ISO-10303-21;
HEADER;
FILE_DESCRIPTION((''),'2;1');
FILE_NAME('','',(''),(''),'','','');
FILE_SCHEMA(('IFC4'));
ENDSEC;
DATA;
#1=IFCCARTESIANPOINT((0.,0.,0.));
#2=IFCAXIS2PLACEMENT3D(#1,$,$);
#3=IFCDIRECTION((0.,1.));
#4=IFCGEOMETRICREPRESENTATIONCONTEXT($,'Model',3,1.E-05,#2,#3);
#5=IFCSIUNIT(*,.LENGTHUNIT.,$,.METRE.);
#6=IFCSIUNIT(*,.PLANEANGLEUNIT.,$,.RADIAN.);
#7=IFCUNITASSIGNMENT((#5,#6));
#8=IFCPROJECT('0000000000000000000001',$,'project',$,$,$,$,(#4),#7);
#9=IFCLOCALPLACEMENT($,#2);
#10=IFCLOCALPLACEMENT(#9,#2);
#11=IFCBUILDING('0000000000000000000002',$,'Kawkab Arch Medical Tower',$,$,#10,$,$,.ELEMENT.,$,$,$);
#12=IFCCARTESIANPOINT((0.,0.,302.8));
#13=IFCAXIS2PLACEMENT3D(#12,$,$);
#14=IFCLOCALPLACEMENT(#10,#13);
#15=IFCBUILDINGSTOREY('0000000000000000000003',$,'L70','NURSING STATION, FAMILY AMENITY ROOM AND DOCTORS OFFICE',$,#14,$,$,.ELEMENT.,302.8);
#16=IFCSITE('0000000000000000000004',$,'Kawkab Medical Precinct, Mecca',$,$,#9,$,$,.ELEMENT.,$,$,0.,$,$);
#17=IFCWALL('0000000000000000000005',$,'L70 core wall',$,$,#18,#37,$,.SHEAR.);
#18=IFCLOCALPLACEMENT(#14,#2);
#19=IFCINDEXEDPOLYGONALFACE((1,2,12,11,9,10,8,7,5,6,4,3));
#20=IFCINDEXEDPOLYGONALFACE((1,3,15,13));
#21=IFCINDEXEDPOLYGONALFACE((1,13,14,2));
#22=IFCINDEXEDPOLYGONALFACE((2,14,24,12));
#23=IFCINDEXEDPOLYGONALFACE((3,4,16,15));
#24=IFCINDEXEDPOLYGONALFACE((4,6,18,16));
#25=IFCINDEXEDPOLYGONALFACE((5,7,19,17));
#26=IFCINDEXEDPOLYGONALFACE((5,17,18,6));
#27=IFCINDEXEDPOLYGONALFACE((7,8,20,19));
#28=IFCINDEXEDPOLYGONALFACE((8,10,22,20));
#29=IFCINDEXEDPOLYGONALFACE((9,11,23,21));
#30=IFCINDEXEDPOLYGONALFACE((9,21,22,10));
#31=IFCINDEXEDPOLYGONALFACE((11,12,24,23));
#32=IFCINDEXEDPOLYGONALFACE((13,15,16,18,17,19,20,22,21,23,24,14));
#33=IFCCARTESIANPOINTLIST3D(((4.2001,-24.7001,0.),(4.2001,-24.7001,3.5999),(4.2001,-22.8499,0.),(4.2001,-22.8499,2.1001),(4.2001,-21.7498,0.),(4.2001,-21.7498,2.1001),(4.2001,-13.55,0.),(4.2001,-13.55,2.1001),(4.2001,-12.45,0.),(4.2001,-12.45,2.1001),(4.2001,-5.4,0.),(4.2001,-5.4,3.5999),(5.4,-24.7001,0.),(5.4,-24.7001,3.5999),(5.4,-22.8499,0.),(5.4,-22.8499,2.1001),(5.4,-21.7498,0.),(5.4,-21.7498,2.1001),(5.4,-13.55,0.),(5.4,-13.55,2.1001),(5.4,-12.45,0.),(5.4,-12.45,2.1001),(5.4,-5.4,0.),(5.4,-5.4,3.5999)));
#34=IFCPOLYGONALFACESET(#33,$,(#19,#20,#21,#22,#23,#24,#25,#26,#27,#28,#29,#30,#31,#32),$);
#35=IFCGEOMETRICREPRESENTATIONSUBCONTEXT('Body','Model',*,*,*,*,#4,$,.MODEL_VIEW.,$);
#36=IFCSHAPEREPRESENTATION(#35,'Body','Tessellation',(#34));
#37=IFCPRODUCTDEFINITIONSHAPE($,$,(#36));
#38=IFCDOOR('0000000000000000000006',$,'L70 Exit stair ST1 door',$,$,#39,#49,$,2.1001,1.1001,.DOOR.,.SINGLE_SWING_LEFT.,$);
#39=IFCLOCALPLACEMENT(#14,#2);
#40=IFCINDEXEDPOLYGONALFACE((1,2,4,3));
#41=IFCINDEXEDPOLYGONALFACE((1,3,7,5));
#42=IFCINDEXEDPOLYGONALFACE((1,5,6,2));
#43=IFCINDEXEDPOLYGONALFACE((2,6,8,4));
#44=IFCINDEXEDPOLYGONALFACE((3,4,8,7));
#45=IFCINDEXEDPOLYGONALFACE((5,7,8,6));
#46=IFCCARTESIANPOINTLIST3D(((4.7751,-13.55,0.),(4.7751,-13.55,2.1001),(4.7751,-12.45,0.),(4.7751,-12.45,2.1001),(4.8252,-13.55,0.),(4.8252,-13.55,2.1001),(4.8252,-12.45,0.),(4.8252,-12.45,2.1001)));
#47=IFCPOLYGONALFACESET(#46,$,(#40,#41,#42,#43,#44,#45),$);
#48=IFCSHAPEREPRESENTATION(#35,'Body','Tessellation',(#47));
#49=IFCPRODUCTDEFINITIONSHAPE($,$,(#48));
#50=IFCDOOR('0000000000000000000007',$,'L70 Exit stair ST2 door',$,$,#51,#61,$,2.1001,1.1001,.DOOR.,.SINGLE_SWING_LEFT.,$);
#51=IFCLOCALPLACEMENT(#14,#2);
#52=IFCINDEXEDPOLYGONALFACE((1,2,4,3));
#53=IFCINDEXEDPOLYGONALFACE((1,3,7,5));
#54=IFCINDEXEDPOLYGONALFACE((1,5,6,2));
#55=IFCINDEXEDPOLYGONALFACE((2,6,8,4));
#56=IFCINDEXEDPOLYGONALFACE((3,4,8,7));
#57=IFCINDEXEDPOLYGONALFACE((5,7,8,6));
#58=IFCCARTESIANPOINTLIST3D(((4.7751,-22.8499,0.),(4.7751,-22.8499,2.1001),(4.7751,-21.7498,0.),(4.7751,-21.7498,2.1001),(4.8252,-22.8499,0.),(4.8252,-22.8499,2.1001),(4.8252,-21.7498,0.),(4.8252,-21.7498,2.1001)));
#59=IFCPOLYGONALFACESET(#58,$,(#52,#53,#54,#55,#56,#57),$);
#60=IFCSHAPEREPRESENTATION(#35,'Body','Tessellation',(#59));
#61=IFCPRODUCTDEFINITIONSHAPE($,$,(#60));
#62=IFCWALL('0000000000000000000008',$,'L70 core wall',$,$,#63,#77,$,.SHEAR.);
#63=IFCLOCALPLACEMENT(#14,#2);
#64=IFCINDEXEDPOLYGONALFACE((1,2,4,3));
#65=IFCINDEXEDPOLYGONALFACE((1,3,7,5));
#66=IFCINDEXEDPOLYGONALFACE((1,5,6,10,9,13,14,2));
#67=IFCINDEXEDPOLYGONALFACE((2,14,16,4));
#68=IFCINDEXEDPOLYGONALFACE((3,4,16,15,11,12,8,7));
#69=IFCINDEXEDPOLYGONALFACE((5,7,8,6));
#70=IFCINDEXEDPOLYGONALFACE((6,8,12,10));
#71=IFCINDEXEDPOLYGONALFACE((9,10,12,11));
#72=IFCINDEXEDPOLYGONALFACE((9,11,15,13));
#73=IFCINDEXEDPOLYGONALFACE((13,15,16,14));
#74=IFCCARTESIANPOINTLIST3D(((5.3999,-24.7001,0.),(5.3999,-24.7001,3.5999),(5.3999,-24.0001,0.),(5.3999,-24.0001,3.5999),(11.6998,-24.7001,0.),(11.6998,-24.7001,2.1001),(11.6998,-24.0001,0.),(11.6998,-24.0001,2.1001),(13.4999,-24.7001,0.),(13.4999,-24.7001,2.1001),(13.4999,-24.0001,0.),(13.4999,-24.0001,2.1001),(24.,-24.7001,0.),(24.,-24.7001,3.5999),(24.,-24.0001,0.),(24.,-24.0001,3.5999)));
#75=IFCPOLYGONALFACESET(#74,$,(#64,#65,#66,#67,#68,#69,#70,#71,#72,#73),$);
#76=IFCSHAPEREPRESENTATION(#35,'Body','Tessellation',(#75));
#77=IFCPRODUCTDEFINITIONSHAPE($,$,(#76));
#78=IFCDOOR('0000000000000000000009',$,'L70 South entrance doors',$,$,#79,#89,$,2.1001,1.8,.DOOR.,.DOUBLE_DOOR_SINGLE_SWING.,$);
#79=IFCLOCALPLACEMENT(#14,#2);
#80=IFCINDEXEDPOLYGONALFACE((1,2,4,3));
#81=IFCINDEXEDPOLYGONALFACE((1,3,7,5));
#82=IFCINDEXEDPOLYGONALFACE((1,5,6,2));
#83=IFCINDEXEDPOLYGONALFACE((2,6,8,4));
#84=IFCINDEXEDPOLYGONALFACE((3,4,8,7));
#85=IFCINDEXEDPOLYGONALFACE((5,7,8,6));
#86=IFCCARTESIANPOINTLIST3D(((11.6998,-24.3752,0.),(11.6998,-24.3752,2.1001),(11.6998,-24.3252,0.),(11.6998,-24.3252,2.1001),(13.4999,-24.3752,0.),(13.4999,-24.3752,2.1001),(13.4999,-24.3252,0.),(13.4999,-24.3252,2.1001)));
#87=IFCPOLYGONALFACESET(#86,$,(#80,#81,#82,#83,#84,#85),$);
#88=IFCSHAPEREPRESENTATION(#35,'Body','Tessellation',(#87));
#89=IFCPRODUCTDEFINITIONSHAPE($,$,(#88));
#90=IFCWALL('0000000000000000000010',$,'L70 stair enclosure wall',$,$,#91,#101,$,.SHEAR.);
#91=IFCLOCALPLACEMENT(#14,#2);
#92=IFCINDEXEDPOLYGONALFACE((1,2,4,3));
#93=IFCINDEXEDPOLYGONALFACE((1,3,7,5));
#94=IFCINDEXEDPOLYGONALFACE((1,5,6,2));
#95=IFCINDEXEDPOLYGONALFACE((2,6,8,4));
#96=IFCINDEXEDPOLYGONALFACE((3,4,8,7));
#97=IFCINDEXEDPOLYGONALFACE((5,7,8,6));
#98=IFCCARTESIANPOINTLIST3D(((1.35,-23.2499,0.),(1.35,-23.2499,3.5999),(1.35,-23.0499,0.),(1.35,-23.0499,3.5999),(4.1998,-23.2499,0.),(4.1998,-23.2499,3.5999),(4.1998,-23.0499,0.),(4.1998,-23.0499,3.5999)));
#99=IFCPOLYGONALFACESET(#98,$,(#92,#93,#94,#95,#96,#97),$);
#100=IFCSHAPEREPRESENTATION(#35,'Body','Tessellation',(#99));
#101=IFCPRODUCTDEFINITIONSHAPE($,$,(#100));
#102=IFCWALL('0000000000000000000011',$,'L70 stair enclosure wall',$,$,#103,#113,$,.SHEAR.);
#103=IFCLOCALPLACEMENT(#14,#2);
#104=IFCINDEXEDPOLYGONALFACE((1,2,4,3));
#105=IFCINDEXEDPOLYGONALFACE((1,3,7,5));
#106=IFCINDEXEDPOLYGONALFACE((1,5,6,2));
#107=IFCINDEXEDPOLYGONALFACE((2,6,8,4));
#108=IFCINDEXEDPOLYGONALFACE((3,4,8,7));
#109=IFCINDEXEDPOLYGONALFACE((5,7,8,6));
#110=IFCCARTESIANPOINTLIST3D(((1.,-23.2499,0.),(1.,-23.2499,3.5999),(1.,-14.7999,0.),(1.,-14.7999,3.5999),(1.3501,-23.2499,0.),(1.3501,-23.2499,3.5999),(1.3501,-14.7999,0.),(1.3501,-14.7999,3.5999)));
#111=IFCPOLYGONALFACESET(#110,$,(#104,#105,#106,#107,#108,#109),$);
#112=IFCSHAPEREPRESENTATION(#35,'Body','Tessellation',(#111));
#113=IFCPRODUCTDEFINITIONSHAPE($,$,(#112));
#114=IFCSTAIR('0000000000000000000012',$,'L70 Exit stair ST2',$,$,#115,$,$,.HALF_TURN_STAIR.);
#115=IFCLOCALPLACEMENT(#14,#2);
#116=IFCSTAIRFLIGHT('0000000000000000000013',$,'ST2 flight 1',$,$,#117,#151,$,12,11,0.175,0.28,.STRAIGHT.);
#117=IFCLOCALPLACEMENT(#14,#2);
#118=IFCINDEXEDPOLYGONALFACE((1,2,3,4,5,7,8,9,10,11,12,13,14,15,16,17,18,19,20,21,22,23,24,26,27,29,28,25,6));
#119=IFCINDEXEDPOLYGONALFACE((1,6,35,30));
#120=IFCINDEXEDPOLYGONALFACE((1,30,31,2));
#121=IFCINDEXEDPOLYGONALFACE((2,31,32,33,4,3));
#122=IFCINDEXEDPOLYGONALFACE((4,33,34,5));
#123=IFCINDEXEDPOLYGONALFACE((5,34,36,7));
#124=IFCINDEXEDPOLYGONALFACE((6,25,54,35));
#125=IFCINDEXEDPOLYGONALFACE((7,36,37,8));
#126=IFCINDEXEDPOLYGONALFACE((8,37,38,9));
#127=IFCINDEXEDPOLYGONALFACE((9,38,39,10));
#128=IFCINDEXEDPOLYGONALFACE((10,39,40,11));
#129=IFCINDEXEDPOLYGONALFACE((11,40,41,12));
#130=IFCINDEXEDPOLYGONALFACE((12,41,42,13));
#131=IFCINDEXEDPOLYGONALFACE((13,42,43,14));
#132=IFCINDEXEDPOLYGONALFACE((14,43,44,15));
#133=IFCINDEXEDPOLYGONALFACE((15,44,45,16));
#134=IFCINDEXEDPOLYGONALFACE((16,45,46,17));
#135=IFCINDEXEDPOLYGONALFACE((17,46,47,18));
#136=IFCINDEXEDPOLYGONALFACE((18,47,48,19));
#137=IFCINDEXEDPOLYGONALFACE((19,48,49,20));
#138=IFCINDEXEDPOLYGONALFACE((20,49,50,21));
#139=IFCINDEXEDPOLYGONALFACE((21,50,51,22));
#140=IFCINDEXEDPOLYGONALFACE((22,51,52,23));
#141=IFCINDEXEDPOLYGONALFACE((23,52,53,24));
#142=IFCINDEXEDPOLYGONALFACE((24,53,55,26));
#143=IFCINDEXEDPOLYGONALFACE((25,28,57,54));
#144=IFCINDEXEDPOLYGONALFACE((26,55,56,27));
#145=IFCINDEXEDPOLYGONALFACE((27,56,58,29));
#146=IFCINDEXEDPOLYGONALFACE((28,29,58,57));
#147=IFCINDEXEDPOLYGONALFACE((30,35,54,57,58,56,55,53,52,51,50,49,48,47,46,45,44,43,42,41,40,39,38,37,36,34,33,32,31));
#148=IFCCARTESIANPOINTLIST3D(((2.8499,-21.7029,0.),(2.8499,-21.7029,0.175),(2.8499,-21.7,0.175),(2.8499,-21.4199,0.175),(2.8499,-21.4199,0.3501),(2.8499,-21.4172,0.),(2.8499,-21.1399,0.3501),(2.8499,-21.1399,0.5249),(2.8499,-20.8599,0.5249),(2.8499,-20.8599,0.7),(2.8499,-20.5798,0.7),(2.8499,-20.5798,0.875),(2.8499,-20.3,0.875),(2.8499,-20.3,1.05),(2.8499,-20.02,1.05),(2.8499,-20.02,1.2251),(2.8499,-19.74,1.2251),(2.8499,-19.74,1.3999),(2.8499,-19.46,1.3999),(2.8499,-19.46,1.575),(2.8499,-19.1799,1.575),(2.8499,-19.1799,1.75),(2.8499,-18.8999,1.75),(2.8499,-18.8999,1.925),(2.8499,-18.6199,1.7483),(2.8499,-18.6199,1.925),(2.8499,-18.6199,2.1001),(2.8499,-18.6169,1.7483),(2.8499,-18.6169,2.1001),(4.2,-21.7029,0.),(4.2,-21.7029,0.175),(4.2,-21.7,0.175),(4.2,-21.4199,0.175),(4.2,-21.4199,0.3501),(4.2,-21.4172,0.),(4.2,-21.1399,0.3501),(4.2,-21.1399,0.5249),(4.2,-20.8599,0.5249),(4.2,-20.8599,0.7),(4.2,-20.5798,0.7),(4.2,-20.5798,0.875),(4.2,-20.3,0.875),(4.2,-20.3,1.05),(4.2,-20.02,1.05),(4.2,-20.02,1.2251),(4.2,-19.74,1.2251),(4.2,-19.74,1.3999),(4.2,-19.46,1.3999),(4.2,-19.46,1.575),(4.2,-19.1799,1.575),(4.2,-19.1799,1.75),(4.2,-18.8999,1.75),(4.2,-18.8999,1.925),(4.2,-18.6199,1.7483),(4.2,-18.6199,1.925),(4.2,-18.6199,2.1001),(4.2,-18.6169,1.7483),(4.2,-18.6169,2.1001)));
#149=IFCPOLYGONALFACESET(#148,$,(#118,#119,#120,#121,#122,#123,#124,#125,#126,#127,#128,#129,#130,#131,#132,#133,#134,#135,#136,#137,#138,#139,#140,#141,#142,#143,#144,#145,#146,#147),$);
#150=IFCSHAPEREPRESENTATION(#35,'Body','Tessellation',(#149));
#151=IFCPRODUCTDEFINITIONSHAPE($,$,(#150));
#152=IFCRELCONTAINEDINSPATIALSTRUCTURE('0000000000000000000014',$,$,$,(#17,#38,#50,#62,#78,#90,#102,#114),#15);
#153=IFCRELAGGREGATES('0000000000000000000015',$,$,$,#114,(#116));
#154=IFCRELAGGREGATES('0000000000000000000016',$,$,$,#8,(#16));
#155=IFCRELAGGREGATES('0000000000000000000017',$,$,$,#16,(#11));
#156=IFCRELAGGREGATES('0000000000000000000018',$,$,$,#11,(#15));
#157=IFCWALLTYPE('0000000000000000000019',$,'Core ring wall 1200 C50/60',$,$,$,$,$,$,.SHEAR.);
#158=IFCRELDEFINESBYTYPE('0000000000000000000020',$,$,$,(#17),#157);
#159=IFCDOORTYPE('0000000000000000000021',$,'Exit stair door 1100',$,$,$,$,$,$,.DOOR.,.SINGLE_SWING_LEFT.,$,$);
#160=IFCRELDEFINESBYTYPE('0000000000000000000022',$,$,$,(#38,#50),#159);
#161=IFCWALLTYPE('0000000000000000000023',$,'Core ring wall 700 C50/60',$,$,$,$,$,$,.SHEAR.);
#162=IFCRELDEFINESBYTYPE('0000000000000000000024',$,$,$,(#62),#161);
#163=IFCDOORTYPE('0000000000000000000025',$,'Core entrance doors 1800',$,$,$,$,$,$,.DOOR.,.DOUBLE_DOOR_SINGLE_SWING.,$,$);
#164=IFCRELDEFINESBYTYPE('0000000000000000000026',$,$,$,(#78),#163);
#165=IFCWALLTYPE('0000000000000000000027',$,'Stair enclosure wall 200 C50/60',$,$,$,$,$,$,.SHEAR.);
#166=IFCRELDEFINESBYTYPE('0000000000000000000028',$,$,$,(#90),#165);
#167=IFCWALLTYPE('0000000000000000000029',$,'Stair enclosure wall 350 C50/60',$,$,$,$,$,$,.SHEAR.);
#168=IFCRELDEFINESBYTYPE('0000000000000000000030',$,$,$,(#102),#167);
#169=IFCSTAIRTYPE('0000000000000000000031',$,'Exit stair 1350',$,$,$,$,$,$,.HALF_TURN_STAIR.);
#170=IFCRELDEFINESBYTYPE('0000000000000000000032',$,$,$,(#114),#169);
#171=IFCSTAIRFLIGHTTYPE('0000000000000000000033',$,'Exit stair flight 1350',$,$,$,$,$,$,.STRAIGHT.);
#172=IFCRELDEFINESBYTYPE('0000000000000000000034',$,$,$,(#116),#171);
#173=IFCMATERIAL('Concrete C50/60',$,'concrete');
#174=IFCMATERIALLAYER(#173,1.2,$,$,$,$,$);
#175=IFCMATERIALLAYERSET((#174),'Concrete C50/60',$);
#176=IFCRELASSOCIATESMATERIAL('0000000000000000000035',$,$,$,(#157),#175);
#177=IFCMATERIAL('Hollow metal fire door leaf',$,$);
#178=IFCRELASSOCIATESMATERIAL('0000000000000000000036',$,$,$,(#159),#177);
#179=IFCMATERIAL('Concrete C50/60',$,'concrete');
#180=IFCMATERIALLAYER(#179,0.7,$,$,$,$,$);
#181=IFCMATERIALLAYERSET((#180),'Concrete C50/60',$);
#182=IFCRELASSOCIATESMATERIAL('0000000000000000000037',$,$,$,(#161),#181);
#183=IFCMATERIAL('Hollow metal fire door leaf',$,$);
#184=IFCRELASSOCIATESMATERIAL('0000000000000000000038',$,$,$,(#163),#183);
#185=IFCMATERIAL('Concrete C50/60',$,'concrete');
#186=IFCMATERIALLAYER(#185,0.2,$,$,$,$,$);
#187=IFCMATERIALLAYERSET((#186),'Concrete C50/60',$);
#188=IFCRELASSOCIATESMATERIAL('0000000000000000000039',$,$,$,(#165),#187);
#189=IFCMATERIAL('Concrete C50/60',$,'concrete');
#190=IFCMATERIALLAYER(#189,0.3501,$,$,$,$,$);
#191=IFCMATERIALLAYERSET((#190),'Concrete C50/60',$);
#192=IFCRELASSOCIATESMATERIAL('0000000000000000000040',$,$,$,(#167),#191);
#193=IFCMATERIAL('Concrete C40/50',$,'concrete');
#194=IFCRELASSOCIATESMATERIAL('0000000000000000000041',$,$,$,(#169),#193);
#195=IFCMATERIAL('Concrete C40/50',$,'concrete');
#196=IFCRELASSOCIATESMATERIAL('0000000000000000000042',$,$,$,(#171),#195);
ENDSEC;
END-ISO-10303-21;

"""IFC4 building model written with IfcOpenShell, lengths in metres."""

from ifc_helpers import new_model, si_unit, direction, frame, frame_2d, origin, place, context, subcontext, project, spatial, polyline, rectangle, outline, extrude, material, layer, layer_set, type_object, element, fill, aggregate, save


model = new_model("IFC4")

# Units and contexts
model_context = context("Model", 3, precision=1e-05, world=origin(), true_north=direction((0.0, 1.0)))
body_context = subcontext(model_context, "Body", "Model", "MODEL_VIEW")
ifc_project = project(units=[si_unit("LENGTHUNIT", "METRE"), si_unit("PLANEANGLEUNIT", "RADIAN")], contexts=[model_context])

# Site, building, storey
site_placement = place(None, origin())
site = spatial("IfcSite", under=ifc_project, at=site_placement, Name="Kawkab Medical Precinct, Mecca", CompositionType="ELEMENT", RefElevation=0.0)
building_placement = place(site_placement, origin())
building = spatial("IfcBuilding", under=site, at=building_placement, Name="Kawkab Arch Medical Tower", CompositionType="ELEMENT")
storey_placement = place(building_placement, frame((0.0, 0.0, 302.8)))
storey = spatial("IfcBuildingStorey", under=building, at=storey_placement, Name="L70", Description="NURSING STATION, FAMILY AMENITY ROOM AND DOCTORS OFFICE", CompositionType="ELEMENT", Elevation=302.8)

# Wall, openings, doors
ifc_material_1 = material(Name="Concrete C50/60", Category="concrete")
ifc_layer_1 = layer(ifc_material_1, 1.2)
ifc_layer_set_1 = layer_set([ifc_layer_1], Name="Concrete C50/60")
wall_type_1 = type_object("IfcWallType", Name="Core ring wall 1200 C50/60", PredefinedType="SHEAR", material=ifc_layer_set_1)
wall_1_placement = place(storey_placement, frame((4.8, -24.7, 0.0), z_axis=(0.0, 0.0, 1.0), x_axis=(0.0, 1.0, 0.0)))
wall_1 = element("IfcWall", 1, at=wall_1_placement, inside=storey, type_object=wall_type_1, Name="L70 core wall", PredefinedType="SHEAR", context=body_context, shape_type="SweptSolid", body=[
    extrude(rectangle(XDim=19.3, YDim=1.2, at=frame_2d((9.6499, 0.0))), origin(), (0.0, 0.0, 1.0), 3.5999),
])
opening_1_placement = place(wall_1_placement, frame((11.1499, 0.0, 0.0)))
opening_1 = element("IfcOpeningElement", 2, at=opening_1_placement, cuts=wall_1, PredefinedType="OPENING", context=body_context, shape_type="SweptSolid", body=[
    extrude(rectangle(XDim=1.1001, YDim=2.1001, at=frame_2d((0.55, 1.05))), frame((0.0, 0.6099, 0.0), z_axis=(0.0, -1.0, 0.0), x_axis=(1.0, 0.0, 0.0)), (0.0, 0.0, 1.0), 1.22),
])
opening_2_placement = place(wall_1_placement, frame((1.8501, 0.0, 0.0)))
opening_2 = element("IfcOpeningElement", 3, at=opening_2_placement, cuts=wall_1, PredefinedType="OPENING", context=body_context, shape_type="SweptSolid", body=[
    extrude(rectangle(XDim=1.1001, YDim=2.1001, at=frame_2d((0.55, 1.05))), frame((0.0, 0.6099, 0.0), z_axis=(0.0, -1.0, 0.0), x_axis=(1.0, 0.0, 0.0)), (0.0, 0.0, 1.0), 1.22),
])
ifc_material_2 = material(Name="Hollow metal fire door leaf")
door_type_1 = type_object("IfcDoorType", Name="Exit stair door 1100", OperationType="SINGLE_SWING_LEFT", PredefinedType="DOOR", material=ifc_material_2)
door_1_placement = place(opening_1_placement, origin())
door_1 = element("IfcDoor", 4, at=door_1_placement, inside=storey, type_object=door_type_1, Name="L70 Exit stair ST1 door", OperationType="SINGLE_SWING_LEFT", OverallHeight=2.1001, OverallWidth=1.1001, PredefinedType="DOOR", context=body_context, shape_type="SweptSolid", body=[
    extrude(rectangle(XDim=1.1001, YDim=2.1001, at=frame_2d((0.55, 1.05))), frame((0.0, 0.0249, 0.0), z_axis=(0.0, -1.0, 0.0), x_axis=(1.0, 0.0, 0.0)), (0.0, 0.0, 1.0), 0.05),
])
fill(opening_1, door_1)
door_2_placement = place(opening_2_placement, origin())
door_2 = element("IfcDoor", 5, at=door_2_placement, inside=storey, type_object=door_type_1, Name="L70 Exit stair ST2 door", OperationType="SINGLE_SWING_LEFT", OverallHeight=2.1001, OverallWidth=1.1001, PredefinedType="DOOR", context=body_context, shape_type="SweptSolid", body=[
    extrude(rectangle(XDim=1.1001, YDim=2.1001, at=frame_2d((0.55, 1.05))), frame((0.0, 0.0249, 0.0), z_axis=(0.0, -1.0, 0.0), x_axis=(1.0, 0.0, 0.0)), (0.0, 0.0, 1.0), 0.05),
])
fill(opening_2, door_2)

# Wall, opening, door
ifc_material_3 = material(Name="Concrete C50/60", Category="concrete")
ifc_layer_2 = layer(ifc_material_3, 0.7)
ifc_layer_set_2 = layer_set([ifc_layer_2], Name="Concrete C50/60")
wall_type_2 = type_object("IfcWallType", Name="Core ring wall 700 C50/60", PredefinedType="SHEAR", material=ifc_layer_set_2)
wall_2_placement = place(storey_placement, frame((5.3999, -24.3501, 0.0), z_axis=(0.0, 0.0, 1.0), x_axis=(1.0, 0.0, 0.0)))
wall_2 = element("IfcWall", 6, at=wall_2_placement, inside=storey, type_object=wall_type_2, Name="L70 core wall", PredefinedType="SHEAR", context=body_context, shape_type="SweptSolid", body=[
    extrude(rectangle(XDim=18.6001, YDim=0.7, at=frame_2d((9.3, 0.0))), origin(), (0.0, 0.0, 1.0), 3.5999),
])
opening_3_placement = place(wall_2_placement, frame((6.3, 0.0, 0.0)))
opening_3 = element("IfcOpeningElement", 7, at=opening_3_placement, cuts=wall_2, PredefinedType="OPENING", context=body_context, shape_type="SweptSolid", body=[
    extrude(rectangle(XDim=1.8, YDim=2.1001, at=frame_2d((0.8999, 1.05))), frame((0.0, 0.3599, 0.0), z_axis=(0.0, -1.0, 0.0), x_axis=(1.0, 0.0, 0.0)), (0.0, 0.0, 1.0), 0.72),
])
ifc_material_4 = material(Name="Hollow metal fire door leaf")
door_type_2 = type_object("IfcDoorType", Name="Core entrance doors 1800", OperationType="DOUBLE_DOOR_SINGLE_SWING", PredefinedType="DOOR", material=ifc_material_4)
door_3_placement = place(opening_3_placement, origin())
door_3 = element("IfcDoor", 8, at=door_3_placement, inside=storey, type_object=door_type_2, Name="L70 South entrance doors", OperationType="DOUBLE_DOOR_SINGLE_SWING", OverallHeight=2.1001, OverallWidth=1.8, PredefinedType="DOOR", context=body_context, shape_type="SweptSolid", body=[
    extrude(rectangle(XDim=1.8, YDim=2.1001, at=frame_2d((0.8999, 1.05))), frame((0.0, 0.0249, 0.0), z_axis=(0.0, -1.0, 0.0), x_axis=(1.0, 0.0, 0.0)), (0.0, 0.0, 1.0), 0.05),
])
fill(opening_3, door_3)

# Walls
ifc_material_5 = material(Name="Concrete C50/60", Category="concrete")
ifc_layer_3 = layer(ifc_material_5, 0.2)
ifc_layer_set_3 = layer_set([ifc_layer_3], Name="Concrete C50/60")
wall_type_3 = type_object("IfcWallType", Name="Stair enclosure wall 200 C50/60", PredefinedType="SHEAR", material=ifc_layer_set_3)
wall_3_placement = place(storey_placement, frame((1.3501, -23.1499, 0.0), z_axis=(0.0, 0.0, 1.0), x_axis=(1.0, 0.0, 0.0)))
element("IfcWall", 9, at=wall_3_placement, inside=storey, type_object=wall_type_3, Name="L70 stair enclosure wall", PredefinedType="SHEAR", context=body_context, shape_type="SweptSolid", body=[
    extrude(rectangle(XDim=2.8499, YDim=0.2, at=frame_2d((1.4248, 0.0))), origin(), (0.0, 0.0, 1.0), 3.5999),
])
ifc_material_6 = material(Name="Concrete C50/60", Category="concrete")
ifc_layer_4 = layer(ifc_material_6, 0.3501)
ifc_layer_set_4 = layer_set([ifc_layer_4], Name="Concrete C50/60")
wall_type_4 = type_object("IfcWallType", Name="Stair enclosure wall 350 C50/60", PredefinedType="SHEAR", material=ifc_layer_set_4)
wall_4_placement = place(storey_placement, frame((1.175, -23.25, 0.0), z_axis=(0.0, 0.0, 1.0), x_axis=(0.0, 1.0, 0.0)))
element("IfcWall", 10, at=wall_4_placement, inside=storey, type_object=wall_type_4, Name="L70 stair enclosure wall", PredefinedType="SHEAR", context=body_context, shape_type="SweptSolid", body=[
    extrude(rectangle(XDim=8.45, YDim=0.3501, at=frame_2d((4.2251, 0.0))), origin(), (0.0, 0.0, 1.0), 3.5999),
])

# Stair, stair flight
ifc_material_7 = material(Name="Concrete C40/50", Category="concrete")
stair_type = type_object("IfcStairType", Name="Exit stair 1350", PredefinedType="HALF_TURN_STAIR", material=ifc_material_7)
stair_placement = place(storey_placement, origin())
stair = element("IfcStair", 11, at=stair_placement, inside=storey, type_object=stair_type, Name="L70 Exit stair ST2", PredefinedType="HALF_TURN_STAIR")
ifc_material_8 = material(Name="Concrete C40/50", Category="concrete")
stair_flight_type = type_object("IfcStairFlightType", Name="Exit stair flight 1350", PredefinedType="STRAIGHT", material=ifc_material_8)
stair_flight_1_placement = place(storey_placement, frame((3.5249, -21.7, 0.0), z_axis=(0.0, 0.0, 1.0), x_axis=(0.0, 1.0, 0.0)))
stair_flight_1 = element("IfcStairFlight", 12, at=stair_flight_1_placement, type_object=stair_flight_type, Name="ST2 flight 1", NumberOfRisers=12, NumberOfTreads=11, PredefinedType="STRAIGHT", RiserHeight=0.175, TreadLength=0.28, context=body_context, shape_type="SweptSolid", body=[
    extrude(outline(polyline([(-0.0029, 0.0), (-0.0029, 0.175), (0.0, 0.175), (0.28, 0.175), (0.28, 0.3501), (0.5601, 0.3501), (0.5601, 0.5249), (0.8401, 0.5249), (0.8401, 0.7), (1.1201, 0.7), (1.1201, 0.875), (1.3999, 0.875), (1.3999, 1.05), (1.6799, 1.05), (1.6799, 1.2251), (1.96, 1.2251), (1.96, 1.3999), (2.24, 1.3999), (2.24, 1.575), (2.52, 1.575), (2.52, 1.75), (2.8, 1.75), (2.8, 1.925), (3.0801, 1.925), (3.0801, 2.1001), (3.083, 2.1001), (3.083, 1.7483), (3.0801, 1.7483), (0.2827, 0.0), (-0.0029, 0.0)])), frame((0.0, 0.675, 0.0), z_axis=(0.0, -1.0, 0.0), x_axis=(1.0, 0.0, 0.0)), (0.0, 0.0, 1.0), 1.3501),
])
aggregate(stair, [stair_flight_1])

save(model, "model.ifc")
